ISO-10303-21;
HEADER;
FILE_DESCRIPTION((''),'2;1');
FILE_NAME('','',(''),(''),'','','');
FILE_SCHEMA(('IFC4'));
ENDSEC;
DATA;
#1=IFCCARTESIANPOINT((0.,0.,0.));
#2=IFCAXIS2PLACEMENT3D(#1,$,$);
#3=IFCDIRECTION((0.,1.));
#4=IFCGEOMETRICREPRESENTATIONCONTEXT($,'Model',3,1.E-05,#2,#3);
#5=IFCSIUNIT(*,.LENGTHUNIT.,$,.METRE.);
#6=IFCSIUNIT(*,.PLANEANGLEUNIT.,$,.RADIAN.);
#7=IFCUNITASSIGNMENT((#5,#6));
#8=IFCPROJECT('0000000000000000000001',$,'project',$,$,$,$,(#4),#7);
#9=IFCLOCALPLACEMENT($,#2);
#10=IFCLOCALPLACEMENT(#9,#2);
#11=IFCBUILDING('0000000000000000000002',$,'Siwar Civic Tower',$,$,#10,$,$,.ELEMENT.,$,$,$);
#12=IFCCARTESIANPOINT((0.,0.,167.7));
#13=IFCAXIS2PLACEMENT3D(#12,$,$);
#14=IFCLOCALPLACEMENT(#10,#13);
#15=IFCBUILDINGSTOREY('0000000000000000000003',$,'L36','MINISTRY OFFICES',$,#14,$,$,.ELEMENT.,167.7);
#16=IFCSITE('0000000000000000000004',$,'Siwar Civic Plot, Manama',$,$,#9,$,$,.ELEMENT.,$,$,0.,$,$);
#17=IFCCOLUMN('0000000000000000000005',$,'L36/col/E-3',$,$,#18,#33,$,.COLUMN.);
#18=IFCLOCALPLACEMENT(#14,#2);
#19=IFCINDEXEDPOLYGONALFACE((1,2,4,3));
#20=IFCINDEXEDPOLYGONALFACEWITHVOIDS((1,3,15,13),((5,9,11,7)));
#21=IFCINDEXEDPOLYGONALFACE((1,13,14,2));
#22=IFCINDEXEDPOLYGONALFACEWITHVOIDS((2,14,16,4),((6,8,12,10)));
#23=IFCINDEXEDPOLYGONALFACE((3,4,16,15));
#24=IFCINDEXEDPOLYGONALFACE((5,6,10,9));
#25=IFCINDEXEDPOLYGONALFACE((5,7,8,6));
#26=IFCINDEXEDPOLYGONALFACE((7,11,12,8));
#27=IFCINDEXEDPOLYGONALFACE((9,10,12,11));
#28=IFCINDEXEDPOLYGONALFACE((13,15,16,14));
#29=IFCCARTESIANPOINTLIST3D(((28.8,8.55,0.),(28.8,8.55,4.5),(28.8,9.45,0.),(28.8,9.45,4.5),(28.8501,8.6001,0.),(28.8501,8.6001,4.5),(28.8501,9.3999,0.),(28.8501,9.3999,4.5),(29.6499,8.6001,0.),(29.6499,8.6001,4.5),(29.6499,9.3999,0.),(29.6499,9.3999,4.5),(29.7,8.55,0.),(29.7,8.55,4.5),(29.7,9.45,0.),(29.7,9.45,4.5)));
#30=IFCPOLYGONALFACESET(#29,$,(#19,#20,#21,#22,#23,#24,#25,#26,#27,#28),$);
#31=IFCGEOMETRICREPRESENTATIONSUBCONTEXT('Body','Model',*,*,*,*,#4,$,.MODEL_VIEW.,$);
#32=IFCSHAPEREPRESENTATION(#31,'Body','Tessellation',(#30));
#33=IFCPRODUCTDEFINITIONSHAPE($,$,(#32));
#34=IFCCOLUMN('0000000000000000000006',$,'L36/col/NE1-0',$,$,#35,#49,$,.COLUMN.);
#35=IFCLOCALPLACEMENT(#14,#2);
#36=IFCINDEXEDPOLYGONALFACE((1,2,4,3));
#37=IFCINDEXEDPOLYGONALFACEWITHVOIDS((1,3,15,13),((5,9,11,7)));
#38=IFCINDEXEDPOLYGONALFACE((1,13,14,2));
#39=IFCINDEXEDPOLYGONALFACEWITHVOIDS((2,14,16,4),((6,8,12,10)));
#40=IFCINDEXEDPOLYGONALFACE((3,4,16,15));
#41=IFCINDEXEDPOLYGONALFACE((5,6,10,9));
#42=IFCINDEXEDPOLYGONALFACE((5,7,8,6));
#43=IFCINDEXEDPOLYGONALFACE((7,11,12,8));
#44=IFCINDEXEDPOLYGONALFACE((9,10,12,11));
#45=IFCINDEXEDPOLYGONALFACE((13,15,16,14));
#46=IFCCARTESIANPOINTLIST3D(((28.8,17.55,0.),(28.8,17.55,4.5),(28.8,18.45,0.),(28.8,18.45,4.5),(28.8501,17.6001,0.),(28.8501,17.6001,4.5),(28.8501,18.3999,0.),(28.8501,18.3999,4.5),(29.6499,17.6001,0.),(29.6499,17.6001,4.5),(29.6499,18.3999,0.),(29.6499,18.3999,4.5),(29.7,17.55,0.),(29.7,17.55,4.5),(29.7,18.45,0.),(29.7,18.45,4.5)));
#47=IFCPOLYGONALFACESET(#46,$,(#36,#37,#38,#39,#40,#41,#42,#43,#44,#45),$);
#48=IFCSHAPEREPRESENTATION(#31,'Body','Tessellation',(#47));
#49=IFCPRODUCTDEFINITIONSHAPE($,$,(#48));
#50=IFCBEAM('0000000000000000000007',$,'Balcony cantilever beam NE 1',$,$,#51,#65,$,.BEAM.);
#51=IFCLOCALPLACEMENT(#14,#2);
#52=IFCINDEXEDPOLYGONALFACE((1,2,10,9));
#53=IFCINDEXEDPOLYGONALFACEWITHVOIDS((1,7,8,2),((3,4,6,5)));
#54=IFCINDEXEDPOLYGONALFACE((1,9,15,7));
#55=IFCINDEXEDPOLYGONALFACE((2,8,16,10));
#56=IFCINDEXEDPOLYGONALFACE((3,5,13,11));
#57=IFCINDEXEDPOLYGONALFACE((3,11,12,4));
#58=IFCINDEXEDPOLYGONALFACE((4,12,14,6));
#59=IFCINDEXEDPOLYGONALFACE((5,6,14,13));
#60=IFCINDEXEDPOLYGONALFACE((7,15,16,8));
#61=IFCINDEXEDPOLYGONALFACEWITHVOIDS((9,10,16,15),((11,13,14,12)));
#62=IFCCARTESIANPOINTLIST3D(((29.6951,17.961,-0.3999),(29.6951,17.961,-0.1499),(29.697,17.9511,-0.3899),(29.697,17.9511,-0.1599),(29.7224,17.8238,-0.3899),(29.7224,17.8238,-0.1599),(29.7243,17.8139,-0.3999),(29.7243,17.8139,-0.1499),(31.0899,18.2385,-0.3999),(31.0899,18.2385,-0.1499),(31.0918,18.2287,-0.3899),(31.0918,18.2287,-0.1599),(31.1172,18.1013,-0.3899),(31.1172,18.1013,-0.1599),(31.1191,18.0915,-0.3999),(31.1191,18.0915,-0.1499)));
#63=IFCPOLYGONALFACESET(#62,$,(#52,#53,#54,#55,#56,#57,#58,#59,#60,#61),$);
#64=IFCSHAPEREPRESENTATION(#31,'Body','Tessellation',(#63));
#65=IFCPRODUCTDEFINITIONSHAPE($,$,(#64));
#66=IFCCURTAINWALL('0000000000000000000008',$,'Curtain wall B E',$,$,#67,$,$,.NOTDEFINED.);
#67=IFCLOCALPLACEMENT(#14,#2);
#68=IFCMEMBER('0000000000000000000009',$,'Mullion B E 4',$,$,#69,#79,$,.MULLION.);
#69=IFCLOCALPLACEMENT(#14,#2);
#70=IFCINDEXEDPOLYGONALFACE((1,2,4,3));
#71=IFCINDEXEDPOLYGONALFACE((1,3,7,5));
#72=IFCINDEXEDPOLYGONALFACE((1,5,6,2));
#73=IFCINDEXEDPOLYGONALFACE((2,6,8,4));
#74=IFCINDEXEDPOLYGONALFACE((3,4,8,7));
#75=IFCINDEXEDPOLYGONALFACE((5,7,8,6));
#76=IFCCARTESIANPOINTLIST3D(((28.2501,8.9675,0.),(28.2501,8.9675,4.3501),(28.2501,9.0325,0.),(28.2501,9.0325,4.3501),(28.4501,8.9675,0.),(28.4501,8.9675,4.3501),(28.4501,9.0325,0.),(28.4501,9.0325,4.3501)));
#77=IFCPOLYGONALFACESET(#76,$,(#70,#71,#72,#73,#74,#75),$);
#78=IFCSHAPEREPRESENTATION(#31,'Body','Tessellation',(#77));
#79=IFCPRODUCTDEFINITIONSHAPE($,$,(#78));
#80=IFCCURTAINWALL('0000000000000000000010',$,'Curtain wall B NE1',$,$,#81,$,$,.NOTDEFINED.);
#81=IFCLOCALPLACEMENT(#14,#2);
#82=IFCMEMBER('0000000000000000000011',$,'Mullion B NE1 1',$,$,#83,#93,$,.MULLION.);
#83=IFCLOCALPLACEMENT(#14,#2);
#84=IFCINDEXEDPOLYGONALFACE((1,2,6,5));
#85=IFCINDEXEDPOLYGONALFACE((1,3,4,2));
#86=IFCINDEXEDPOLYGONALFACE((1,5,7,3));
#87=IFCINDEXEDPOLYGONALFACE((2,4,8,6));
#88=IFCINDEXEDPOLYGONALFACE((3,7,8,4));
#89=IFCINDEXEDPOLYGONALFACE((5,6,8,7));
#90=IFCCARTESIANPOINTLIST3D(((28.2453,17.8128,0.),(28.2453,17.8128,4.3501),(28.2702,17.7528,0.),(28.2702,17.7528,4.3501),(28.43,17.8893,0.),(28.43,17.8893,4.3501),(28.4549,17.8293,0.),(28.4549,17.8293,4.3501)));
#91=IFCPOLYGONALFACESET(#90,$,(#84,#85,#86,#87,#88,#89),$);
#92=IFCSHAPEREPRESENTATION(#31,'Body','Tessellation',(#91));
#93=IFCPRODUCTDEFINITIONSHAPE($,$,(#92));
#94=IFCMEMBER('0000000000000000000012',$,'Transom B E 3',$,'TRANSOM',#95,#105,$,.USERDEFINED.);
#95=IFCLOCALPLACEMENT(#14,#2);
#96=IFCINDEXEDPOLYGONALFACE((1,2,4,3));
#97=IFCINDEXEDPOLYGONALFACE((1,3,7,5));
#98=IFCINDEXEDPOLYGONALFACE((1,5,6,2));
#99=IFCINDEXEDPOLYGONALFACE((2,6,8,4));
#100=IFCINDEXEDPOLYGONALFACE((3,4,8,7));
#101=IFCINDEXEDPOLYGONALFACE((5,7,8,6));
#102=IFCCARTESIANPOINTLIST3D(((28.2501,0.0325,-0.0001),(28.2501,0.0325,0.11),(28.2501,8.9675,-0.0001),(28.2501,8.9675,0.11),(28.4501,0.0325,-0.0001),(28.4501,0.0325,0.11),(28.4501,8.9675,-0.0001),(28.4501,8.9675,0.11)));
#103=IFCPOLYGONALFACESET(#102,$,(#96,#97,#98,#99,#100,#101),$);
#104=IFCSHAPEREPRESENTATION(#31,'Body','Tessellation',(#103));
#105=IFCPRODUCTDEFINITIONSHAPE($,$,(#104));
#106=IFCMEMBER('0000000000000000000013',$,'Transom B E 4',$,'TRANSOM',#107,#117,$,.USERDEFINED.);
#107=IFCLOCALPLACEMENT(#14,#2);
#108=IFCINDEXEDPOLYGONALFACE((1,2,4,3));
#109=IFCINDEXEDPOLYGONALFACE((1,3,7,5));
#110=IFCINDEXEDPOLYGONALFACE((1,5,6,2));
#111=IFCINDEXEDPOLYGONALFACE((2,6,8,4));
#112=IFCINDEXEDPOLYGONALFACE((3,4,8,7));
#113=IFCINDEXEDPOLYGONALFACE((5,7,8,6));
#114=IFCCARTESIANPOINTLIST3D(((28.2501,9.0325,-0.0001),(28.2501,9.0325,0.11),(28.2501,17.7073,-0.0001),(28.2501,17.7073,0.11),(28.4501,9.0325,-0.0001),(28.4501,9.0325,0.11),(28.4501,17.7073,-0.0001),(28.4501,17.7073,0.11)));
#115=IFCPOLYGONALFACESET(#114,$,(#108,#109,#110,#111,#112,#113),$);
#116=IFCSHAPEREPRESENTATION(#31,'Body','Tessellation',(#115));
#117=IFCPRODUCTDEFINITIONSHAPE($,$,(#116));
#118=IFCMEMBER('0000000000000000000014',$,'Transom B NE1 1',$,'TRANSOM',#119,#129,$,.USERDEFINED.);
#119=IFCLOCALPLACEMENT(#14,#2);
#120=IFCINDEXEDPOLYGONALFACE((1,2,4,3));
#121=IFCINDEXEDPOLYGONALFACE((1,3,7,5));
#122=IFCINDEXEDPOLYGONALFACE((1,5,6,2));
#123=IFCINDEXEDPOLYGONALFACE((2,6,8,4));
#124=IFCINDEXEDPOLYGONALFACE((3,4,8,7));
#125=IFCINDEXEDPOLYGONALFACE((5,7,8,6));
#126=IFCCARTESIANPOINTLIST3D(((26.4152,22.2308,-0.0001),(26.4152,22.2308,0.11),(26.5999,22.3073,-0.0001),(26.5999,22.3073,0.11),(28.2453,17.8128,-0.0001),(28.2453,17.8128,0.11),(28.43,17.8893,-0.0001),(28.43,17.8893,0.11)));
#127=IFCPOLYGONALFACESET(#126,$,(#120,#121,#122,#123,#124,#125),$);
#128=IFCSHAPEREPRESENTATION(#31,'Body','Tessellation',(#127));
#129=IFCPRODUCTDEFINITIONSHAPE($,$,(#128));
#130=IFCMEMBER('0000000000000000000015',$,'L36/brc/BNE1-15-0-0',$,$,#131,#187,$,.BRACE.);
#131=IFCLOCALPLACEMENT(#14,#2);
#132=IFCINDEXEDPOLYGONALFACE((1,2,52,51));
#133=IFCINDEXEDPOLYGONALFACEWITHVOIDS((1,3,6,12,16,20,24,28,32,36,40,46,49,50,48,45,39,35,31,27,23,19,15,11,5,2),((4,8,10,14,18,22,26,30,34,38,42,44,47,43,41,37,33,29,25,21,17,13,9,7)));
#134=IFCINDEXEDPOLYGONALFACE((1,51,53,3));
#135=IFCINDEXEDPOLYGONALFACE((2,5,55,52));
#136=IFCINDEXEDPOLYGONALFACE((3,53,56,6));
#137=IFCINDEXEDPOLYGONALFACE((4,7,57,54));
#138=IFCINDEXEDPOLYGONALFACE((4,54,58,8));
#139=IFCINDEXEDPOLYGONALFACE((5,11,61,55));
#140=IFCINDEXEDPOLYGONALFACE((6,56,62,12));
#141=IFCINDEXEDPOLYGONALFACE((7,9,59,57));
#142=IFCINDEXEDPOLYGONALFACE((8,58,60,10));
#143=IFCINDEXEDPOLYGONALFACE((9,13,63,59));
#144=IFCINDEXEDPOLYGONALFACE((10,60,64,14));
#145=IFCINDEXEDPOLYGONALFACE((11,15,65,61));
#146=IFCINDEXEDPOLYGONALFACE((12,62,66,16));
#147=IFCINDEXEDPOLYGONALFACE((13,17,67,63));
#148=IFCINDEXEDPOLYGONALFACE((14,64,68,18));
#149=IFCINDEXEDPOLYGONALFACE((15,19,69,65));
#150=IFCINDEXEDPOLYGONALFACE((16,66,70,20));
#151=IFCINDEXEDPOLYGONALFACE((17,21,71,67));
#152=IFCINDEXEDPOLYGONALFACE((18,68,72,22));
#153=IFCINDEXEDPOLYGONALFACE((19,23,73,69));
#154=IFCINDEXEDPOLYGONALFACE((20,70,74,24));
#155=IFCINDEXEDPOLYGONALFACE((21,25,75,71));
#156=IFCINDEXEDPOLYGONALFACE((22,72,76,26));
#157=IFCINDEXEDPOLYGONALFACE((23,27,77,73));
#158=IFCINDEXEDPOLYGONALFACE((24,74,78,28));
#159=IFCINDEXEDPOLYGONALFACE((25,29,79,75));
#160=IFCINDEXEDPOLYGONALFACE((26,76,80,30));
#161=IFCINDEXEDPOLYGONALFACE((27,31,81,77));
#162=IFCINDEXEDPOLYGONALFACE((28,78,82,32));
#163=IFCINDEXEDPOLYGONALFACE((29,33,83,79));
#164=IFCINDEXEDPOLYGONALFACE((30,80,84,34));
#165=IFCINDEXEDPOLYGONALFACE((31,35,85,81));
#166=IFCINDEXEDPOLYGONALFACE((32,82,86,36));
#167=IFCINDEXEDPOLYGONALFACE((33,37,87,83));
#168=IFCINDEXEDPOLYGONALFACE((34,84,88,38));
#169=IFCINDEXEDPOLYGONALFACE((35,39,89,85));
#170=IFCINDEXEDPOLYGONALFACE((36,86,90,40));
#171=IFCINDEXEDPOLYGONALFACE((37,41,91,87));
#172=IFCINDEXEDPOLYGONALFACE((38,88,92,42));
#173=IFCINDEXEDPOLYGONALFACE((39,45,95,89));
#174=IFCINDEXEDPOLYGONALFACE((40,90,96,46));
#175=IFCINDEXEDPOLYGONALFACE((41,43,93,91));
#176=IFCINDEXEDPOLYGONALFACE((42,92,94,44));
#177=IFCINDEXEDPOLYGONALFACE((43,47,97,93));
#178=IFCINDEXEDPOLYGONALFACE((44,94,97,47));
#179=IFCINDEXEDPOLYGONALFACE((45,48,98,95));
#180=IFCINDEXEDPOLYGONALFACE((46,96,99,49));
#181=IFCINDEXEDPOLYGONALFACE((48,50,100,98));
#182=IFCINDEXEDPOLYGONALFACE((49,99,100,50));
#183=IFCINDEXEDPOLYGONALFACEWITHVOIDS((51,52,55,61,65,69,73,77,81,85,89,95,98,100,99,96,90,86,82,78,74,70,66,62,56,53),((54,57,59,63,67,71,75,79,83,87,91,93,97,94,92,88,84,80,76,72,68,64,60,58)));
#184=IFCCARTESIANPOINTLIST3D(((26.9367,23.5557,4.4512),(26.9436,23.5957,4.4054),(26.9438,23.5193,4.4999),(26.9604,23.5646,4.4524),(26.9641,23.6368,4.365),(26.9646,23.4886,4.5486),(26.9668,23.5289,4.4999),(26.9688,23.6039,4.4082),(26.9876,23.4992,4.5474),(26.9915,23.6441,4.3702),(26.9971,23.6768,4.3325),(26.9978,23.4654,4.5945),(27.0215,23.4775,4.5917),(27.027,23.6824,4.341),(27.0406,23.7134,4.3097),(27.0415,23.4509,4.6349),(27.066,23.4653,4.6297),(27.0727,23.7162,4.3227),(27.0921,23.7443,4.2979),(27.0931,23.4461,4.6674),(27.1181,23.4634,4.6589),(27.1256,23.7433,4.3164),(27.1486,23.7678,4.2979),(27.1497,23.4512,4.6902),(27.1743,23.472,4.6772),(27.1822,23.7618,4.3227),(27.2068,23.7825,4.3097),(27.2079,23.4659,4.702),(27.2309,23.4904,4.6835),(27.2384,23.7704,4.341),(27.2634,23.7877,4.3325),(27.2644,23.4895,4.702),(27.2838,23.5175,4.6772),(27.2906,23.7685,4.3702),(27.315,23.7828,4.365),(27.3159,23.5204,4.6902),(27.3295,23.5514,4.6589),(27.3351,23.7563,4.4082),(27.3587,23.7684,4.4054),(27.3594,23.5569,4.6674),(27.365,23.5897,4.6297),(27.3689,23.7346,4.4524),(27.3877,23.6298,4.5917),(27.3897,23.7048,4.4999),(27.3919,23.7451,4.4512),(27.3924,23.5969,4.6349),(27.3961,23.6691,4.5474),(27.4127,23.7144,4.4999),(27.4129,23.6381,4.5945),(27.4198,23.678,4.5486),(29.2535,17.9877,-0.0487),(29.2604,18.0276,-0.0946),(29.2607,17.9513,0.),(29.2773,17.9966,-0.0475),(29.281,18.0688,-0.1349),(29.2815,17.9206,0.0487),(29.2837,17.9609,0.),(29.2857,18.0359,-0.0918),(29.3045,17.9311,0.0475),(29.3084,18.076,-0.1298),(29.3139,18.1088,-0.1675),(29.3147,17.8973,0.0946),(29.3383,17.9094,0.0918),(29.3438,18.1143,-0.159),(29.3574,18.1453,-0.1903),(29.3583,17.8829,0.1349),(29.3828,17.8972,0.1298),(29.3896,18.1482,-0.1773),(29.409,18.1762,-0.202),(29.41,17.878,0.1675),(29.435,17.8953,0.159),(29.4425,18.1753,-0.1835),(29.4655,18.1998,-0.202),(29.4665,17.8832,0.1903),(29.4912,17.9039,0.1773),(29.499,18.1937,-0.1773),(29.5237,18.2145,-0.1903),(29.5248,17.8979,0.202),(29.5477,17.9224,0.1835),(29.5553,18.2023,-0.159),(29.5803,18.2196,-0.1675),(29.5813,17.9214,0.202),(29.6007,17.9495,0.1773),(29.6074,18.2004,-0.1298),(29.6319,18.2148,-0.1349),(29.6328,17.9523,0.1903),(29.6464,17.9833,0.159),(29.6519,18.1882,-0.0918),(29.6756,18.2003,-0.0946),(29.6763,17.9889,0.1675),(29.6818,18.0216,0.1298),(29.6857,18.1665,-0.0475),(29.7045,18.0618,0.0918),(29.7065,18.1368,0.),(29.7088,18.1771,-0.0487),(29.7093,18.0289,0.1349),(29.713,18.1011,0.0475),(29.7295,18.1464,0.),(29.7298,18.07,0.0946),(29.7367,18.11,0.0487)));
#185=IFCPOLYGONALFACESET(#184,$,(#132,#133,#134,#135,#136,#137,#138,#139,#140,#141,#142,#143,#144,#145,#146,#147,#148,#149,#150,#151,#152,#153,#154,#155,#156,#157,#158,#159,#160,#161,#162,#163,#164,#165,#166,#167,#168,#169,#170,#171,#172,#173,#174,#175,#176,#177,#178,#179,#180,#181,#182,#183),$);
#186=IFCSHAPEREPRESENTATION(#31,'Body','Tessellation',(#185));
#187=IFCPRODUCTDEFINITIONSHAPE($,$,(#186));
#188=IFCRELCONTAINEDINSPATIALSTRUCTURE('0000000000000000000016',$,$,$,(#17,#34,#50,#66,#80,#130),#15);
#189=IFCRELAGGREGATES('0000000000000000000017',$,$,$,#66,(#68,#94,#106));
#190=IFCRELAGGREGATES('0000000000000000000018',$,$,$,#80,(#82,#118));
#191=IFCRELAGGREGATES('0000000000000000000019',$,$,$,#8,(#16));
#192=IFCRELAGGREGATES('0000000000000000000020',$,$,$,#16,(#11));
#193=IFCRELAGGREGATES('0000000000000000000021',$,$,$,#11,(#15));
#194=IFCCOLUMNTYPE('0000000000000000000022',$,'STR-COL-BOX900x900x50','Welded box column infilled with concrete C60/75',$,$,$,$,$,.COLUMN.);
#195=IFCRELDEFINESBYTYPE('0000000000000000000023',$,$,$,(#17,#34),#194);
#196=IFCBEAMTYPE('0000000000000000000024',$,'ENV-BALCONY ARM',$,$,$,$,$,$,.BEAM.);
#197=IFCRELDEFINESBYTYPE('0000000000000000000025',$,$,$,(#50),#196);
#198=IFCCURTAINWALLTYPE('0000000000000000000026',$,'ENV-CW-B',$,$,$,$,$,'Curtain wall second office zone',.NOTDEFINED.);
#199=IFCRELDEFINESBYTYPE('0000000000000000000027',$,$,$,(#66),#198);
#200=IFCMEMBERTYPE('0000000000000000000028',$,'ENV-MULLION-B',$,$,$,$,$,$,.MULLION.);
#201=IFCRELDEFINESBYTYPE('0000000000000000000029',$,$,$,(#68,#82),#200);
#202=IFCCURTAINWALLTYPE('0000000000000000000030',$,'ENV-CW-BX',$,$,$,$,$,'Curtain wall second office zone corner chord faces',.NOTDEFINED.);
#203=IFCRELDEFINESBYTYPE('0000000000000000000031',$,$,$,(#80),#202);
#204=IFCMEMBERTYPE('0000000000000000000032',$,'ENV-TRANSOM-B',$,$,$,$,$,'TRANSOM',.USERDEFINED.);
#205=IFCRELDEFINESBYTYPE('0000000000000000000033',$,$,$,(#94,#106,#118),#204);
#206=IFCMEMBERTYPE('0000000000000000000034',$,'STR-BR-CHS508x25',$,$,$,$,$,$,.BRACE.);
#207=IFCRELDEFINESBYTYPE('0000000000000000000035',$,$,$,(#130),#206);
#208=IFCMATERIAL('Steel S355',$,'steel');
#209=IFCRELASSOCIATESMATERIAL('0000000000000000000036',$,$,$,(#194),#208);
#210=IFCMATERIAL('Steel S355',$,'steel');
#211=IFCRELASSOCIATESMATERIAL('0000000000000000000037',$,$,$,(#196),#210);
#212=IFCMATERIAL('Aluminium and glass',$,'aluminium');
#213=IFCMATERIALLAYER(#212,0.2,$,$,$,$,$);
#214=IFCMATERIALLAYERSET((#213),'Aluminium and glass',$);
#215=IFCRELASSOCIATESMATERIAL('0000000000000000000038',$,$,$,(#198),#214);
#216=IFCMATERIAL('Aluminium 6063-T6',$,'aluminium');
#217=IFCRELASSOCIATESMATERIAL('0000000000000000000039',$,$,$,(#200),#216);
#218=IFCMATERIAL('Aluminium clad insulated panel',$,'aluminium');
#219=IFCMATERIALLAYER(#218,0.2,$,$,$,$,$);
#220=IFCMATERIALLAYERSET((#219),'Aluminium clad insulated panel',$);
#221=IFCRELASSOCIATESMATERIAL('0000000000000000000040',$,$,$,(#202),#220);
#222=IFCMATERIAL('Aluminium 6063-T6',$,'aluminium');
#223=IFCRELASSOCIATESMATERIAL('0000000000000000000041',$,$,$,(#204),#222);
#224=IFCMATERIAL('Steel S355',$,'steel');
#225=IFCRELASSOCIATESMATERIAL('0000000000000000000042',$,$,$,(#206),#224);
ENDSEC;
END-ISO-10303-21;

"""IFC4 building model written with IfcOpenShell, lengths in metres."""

from ifc_helpers import new_model, si_unit, direction, frame, origin, origin_2d, place, context, subcontext, project, spatial, rectangle, hollow_rectangle, hollow_circle, extrude, material, layer, layer_set, material_profile, profile_set, type_object, element, aggregate, save


model = new_model("IFC4")

# Units and contexts
model_context = context("Model", 3, precision=1e-05, world=origin(), true_north=direction((0.0, 1.0)))
body_context = subcontext(model_context, "Body", "Model", "MODEL_VIEW")
ifc_project = project(units=[si_unit("LENGTHUNIT", "METRE"), si_unit("PLANEANGLEUNIT", "RADIAN")], contexts=[model_context])

# Site, building, storey
site_placement = place(None, origin())
site = spatial("IfcSite", under=ifc_project, at=site_placement, Name="Siwar Civic Plot, Manama", CompositionType="ELEMENT", RefElevation=0.0)
building_placement = place(site_placement, origin())
building = spatial("IfcBuilding", under=site, at=building_placement, Name="Siwar Civic Tower", CompositionType="ELEMENT")
storey_placement = place(building_placement, frame((0.0, 0.0, 167.7)))
storey = spatial("IfcBuildingStorey", under=building, at=storey_placement, Name="L36", Description="MINISTRY OFFICES", CompositionType="ELEMENT", Elevation=167.7)

# Columns
ifc_material_1 = material(Name="Steel S355", Category="steel")
ifc_material_profile_1 = material_profile(ifc_material_1, hollow_rectangle(XDim=0.8999, YDim=0.8999, WallThickness=0.05, at=origin_2d()), Name="BOX900x900x50")
ifc_profile_set_1 = profile_set([ifc_material_profile_1], Name="Steel S355")
column_type = type_object("IfcColumnType", Name="STR-COL-BOX900x900x50", Description="Welded box column infilled with concrete C60/75", PredefinedType="COLUMN", material=ifc_profile_set_1)
for number, where, z_axis, x_axis, name in (
    (1, (29.25, 9.0, 0.0), (0.0, 0.0, 1.0), (1.0, 0.0, 0.0), "L36/col/E-3"),
    (2, (29.25, 18.0, 0.0), (0.0, 0.0, 1.0), (1.0, 0.0, 0.0), "L36/col/NE1-0"),
):
    element("IfcColumn", number, at=place(storey_placement, frame(where, z_axis=z_axis, x_axis=x_axis)), inside=storey, type_object=column_type, Name=name, PredefinedType="COLUMN", context=body_context, shape_type="SweptSolid", body=[
        extrude(hollow_rectangle(XDim=0.8999, YDim=0.8999, WallThickness=0.05, at=origin_2d()), origin(), (0.0, 0.0, 1.0), 4.5),
    ])

# Beam
ifc_material_2 = material(Name="Steel S355", Category="steel")
ifc_material_profile_2 = material_profile(ifc_material_2, hollow_rectangle(XDim=0.1499, YDim=0.25, WallThickness=0.01, at=origin_2d()), Name="RHS250x150x10")
ifc_profile_set_2 = profile_set([ifc_material_profile_2], Name="Steel S355")
beam_type_1 = type_object("IfcBeamType", Name="ENV-BALCONY ARM", PredefinedType="BEAM", material=ifc_profile_set_2)
beam_1_placement = place(storey_placement, frame((29.7097, 17.8875, -0.2749), z_axis=(0.980765, 0.195192, 0.0), x_axis=(-0.195192, 0.980765, 0.0)))
element("IfcBeam", 3, at=beam_1_placement, inside=storey, type_object=beam_type_1, Name="Balcony cantilever beam NE 1", PredefinedType="BEAM", context=body_context, shape_type="SweptSolid", body=[
    extrude(hollow_rectangle(XDim=0.1499, YDim=0.25, WallThickness=0.01, at=origin_2d()), origin(), (0.0, 0.0, 1.0), 1.4221),
])

# Curtain walls, members
ifc_material_3 = material(Name="Aluminium and glass", Category="aluminium")
ifc_layer_1 = layer(ifc_material_3, 0.2)
ifc_layer_set_1 = layer_set([ifc_layer_1], Name="Aluminium and glass")
curtain_wall_type_1 = type_object("IfcCurtainWallType", Name="ENV-CW-B", ElementType="Curtain wall second office zone", PredefinedType="NOTDEFINED", material=ifc_layer_set_1)
curtain_wall_1_placement = place(storey_placement, origin())
curtain_wall_1 = element("IfcCurtainWall", 4, at=curtain_wall_1_placement, inside=storey, type_object=curtain_wall_type_1, Name="Curtain wall B E", PredefinedType="NOTDEFINED")
ifc_material_4 = material(Name="Aluminium 6063-T6", Category="aluminium")
ifc_material_profile_3 = material_profile(ifc_material_4, rectangle(XDim=0.2, YDim=0.0649, at=origin_2d()), Name="AL 200x65")
ifc_profile_set_3 = profile_set([ifc_material_profile_3], Name="Aluminium 6063-T6")
member_type_1 = type_object("IfcMemberType", Name="ENV-MULLION-B", PredefinedType="MULLION", material=ifc_profile_set_3)
member_1_placement = place(storey_placement, frame((28.3501, 9.0, 0.0), z_axis=(0.0, 0.0, 1.0), x_axis=(-1.0, 0.0, 0.0)))
member_1 = element("IfcMember", 5, at=member_1_placement, type_object=member_type_1, Name="Mullion B E 4", PredefinedType="MULLION", context=body_context, shape_type="SweptSolid", body=[
    extrude(rectangle(XDim=0.2, YDim=0.0649, at=origin_2d()), origin(), (0.0, 0.0, 1.0), 4.3501),
])
ifc_material_5 = material(Name="Aluminium clad insulated panel", Category="aluminium")
ifc_layer_2 = layer(ifc_material_5, 0.2)
ifc_layer_set_2 = layer_set([ifc_layer_2], Name="Aluminium clad insulated panel")
curtain_wall_type_2 = type_object("IfcCurtainWallType", Name="ENV-CW-BX", ElementType="Curtain wall second office zone corner chord faces", PredefinedType="NOTDEFINED", material=ifc_layer_set_2)
curtain_wall_2_placement = place(storey_placement, origin())
curtain_wall_2 = element("IfcCurtainWall", 6, at=curtain_wall_2_placement, inside=storey, type_object=curtain_wall_type_2, Name="Curtain wall B NE1", PredefinedType="NOTDEFINED")
member_2_placement = place(storey_placement, frame((28.3501, 17.821, 0.0), z_axis=(0.0, 0.0, 1.0), x_axis=(-0.92388, -0.382683, 0.0)))
member_2 = element("IfcMember", 7, at=member_2_placement, type_object=member_type_1, Name="Mullion B NE1 1", PredefinedType="MULLION", context=body_context, shape_type="SweptSolid", body=[
    extrude(rectangle(XDim=0.2, YDim=0.0649, at=origin_2d()), origin(), (0.0, 0.0, 1.0), 4.3501),
])

# Members
ifc_material_6 = material(Name="Aluminium 6063-T6", Category="aluminium")
ifc_material_profile_4 = material_profile(ifc_material_6, rectangle(XDim=0.2, YDim=0.1101, at=origin_2d()), Name="AL 200x110")
ifc_profile_set_4 = profile_set([ifc_material_profile_4], Name="Aluminium 6063-T6")
member_type_2 = type_object("IfcMemberType", Name="ENV-TRANSOM-B", ElementType="TRANSOM", PredefinedType="USERDEFINED", material=ifc_profile_set_4)
member_3_placement = place(storey_placement, frame((28.3501, 0.0325, 0.0549), z_axis=(0.0, 1.0, 0.0), x_axis=(-1.0, 0.0, 0.0)))
member_3 = element("IfcMember", 8, at=member_3_placement, type_object=member_type_2, Name="Transom B E 3", ObjectType="TRANSOM", PredefinedType="USERDEFINED", context=body_context, shape_type="SweptSolid", body=[
    extrude(rectangle(XDim=0.2, YDim=0.1101, at=origin_2d()), origin(), (0.0, 0.0, 1.0), 8.9351),
])
member_4_placement = place(storey_placement, frame((28.3501, 9.0325, 0.0549), z_axis=(0.0, 1.0, 0.0), x_axis=(-1.0, 0.0, 0.0)))
member_4 = element("IfcMember", 9, at=member_4_placement, type_object=member_type_2, Name="Transom B E 4", ObjectType="TRANSOM", PredefinedType="USERDEFINED", context=body_context, shape_type="SweptSolid", body=[
    extrude(rectangle(XDim=0.2, YDim=0.1101, at=origin_2d()), origin(), (0.0, 0.0, 1.0), 8.6748),
])
member_5_placement = place(storey_placement, frame((28.3376, 17.8511, 0.0549), z_axis=(-0.3827, 0.923872, 0.0), x_axis=(-0.923872, -0.3827, 0.0)))
member_5 = element("IfcMember", 10, at=member_5_placement, type_object=member_type_2, Name="Transom B NE1 1", ObjectType="TRANSOM", PredefinedType="USERDEFINED", context=body_context, shape_type="SweptSolid", body=[
    extrude(rectangle(XDim=0.2, YDim=0.1101, at=origin_2d()), origin(), (0.0, 0.0, 1.0), 4.782),
])
ifc_material_7 = material(Name="Steel S355", Category="steel")
ifc_material_profile_5 = material_profile(ifc_material_7, hollow_circle(Radius=0.2539, WallThickness=0.0249, at=origin_2d()), Name="CHS508x25")
ifc_profile_set_5 = profile_set([ifc_material_profile_5], Name="Steel S355")
member_type_3 = type_object("IfcMemberType", Name="STR-BR-CHS508x25", PredefinedType="BRACE", material=ifc_profile_set_5)
member_6_placement = place(storey_placement, frame((29.4951, 18.0488, 0.0), z_axis=(-0.307903, 0.739973, 0.598026), x_axis=(-0.923262, -0.38417, 0.0)))
element("IfcMember", 11, at=member_6_placement, inside=storey, type_object=member_type_3, Name="L36/brc/BNE1-15-0-0", PredefinedType="BRACE", context=body_context, shape_type="SweptSolid", body=[
    extrude(hollow_circle(Radius=0.2539, WallThickness=0.0249, at=origin_2d()), origin(), (0.0, 0.0, 1.0), 7.5247),
])

aggregate(curtain_wall_1, [member_1, member_3, member_4])
aggregate(curtain_wall_2, [member_2, member_5])

save(model, "model.ifc")
